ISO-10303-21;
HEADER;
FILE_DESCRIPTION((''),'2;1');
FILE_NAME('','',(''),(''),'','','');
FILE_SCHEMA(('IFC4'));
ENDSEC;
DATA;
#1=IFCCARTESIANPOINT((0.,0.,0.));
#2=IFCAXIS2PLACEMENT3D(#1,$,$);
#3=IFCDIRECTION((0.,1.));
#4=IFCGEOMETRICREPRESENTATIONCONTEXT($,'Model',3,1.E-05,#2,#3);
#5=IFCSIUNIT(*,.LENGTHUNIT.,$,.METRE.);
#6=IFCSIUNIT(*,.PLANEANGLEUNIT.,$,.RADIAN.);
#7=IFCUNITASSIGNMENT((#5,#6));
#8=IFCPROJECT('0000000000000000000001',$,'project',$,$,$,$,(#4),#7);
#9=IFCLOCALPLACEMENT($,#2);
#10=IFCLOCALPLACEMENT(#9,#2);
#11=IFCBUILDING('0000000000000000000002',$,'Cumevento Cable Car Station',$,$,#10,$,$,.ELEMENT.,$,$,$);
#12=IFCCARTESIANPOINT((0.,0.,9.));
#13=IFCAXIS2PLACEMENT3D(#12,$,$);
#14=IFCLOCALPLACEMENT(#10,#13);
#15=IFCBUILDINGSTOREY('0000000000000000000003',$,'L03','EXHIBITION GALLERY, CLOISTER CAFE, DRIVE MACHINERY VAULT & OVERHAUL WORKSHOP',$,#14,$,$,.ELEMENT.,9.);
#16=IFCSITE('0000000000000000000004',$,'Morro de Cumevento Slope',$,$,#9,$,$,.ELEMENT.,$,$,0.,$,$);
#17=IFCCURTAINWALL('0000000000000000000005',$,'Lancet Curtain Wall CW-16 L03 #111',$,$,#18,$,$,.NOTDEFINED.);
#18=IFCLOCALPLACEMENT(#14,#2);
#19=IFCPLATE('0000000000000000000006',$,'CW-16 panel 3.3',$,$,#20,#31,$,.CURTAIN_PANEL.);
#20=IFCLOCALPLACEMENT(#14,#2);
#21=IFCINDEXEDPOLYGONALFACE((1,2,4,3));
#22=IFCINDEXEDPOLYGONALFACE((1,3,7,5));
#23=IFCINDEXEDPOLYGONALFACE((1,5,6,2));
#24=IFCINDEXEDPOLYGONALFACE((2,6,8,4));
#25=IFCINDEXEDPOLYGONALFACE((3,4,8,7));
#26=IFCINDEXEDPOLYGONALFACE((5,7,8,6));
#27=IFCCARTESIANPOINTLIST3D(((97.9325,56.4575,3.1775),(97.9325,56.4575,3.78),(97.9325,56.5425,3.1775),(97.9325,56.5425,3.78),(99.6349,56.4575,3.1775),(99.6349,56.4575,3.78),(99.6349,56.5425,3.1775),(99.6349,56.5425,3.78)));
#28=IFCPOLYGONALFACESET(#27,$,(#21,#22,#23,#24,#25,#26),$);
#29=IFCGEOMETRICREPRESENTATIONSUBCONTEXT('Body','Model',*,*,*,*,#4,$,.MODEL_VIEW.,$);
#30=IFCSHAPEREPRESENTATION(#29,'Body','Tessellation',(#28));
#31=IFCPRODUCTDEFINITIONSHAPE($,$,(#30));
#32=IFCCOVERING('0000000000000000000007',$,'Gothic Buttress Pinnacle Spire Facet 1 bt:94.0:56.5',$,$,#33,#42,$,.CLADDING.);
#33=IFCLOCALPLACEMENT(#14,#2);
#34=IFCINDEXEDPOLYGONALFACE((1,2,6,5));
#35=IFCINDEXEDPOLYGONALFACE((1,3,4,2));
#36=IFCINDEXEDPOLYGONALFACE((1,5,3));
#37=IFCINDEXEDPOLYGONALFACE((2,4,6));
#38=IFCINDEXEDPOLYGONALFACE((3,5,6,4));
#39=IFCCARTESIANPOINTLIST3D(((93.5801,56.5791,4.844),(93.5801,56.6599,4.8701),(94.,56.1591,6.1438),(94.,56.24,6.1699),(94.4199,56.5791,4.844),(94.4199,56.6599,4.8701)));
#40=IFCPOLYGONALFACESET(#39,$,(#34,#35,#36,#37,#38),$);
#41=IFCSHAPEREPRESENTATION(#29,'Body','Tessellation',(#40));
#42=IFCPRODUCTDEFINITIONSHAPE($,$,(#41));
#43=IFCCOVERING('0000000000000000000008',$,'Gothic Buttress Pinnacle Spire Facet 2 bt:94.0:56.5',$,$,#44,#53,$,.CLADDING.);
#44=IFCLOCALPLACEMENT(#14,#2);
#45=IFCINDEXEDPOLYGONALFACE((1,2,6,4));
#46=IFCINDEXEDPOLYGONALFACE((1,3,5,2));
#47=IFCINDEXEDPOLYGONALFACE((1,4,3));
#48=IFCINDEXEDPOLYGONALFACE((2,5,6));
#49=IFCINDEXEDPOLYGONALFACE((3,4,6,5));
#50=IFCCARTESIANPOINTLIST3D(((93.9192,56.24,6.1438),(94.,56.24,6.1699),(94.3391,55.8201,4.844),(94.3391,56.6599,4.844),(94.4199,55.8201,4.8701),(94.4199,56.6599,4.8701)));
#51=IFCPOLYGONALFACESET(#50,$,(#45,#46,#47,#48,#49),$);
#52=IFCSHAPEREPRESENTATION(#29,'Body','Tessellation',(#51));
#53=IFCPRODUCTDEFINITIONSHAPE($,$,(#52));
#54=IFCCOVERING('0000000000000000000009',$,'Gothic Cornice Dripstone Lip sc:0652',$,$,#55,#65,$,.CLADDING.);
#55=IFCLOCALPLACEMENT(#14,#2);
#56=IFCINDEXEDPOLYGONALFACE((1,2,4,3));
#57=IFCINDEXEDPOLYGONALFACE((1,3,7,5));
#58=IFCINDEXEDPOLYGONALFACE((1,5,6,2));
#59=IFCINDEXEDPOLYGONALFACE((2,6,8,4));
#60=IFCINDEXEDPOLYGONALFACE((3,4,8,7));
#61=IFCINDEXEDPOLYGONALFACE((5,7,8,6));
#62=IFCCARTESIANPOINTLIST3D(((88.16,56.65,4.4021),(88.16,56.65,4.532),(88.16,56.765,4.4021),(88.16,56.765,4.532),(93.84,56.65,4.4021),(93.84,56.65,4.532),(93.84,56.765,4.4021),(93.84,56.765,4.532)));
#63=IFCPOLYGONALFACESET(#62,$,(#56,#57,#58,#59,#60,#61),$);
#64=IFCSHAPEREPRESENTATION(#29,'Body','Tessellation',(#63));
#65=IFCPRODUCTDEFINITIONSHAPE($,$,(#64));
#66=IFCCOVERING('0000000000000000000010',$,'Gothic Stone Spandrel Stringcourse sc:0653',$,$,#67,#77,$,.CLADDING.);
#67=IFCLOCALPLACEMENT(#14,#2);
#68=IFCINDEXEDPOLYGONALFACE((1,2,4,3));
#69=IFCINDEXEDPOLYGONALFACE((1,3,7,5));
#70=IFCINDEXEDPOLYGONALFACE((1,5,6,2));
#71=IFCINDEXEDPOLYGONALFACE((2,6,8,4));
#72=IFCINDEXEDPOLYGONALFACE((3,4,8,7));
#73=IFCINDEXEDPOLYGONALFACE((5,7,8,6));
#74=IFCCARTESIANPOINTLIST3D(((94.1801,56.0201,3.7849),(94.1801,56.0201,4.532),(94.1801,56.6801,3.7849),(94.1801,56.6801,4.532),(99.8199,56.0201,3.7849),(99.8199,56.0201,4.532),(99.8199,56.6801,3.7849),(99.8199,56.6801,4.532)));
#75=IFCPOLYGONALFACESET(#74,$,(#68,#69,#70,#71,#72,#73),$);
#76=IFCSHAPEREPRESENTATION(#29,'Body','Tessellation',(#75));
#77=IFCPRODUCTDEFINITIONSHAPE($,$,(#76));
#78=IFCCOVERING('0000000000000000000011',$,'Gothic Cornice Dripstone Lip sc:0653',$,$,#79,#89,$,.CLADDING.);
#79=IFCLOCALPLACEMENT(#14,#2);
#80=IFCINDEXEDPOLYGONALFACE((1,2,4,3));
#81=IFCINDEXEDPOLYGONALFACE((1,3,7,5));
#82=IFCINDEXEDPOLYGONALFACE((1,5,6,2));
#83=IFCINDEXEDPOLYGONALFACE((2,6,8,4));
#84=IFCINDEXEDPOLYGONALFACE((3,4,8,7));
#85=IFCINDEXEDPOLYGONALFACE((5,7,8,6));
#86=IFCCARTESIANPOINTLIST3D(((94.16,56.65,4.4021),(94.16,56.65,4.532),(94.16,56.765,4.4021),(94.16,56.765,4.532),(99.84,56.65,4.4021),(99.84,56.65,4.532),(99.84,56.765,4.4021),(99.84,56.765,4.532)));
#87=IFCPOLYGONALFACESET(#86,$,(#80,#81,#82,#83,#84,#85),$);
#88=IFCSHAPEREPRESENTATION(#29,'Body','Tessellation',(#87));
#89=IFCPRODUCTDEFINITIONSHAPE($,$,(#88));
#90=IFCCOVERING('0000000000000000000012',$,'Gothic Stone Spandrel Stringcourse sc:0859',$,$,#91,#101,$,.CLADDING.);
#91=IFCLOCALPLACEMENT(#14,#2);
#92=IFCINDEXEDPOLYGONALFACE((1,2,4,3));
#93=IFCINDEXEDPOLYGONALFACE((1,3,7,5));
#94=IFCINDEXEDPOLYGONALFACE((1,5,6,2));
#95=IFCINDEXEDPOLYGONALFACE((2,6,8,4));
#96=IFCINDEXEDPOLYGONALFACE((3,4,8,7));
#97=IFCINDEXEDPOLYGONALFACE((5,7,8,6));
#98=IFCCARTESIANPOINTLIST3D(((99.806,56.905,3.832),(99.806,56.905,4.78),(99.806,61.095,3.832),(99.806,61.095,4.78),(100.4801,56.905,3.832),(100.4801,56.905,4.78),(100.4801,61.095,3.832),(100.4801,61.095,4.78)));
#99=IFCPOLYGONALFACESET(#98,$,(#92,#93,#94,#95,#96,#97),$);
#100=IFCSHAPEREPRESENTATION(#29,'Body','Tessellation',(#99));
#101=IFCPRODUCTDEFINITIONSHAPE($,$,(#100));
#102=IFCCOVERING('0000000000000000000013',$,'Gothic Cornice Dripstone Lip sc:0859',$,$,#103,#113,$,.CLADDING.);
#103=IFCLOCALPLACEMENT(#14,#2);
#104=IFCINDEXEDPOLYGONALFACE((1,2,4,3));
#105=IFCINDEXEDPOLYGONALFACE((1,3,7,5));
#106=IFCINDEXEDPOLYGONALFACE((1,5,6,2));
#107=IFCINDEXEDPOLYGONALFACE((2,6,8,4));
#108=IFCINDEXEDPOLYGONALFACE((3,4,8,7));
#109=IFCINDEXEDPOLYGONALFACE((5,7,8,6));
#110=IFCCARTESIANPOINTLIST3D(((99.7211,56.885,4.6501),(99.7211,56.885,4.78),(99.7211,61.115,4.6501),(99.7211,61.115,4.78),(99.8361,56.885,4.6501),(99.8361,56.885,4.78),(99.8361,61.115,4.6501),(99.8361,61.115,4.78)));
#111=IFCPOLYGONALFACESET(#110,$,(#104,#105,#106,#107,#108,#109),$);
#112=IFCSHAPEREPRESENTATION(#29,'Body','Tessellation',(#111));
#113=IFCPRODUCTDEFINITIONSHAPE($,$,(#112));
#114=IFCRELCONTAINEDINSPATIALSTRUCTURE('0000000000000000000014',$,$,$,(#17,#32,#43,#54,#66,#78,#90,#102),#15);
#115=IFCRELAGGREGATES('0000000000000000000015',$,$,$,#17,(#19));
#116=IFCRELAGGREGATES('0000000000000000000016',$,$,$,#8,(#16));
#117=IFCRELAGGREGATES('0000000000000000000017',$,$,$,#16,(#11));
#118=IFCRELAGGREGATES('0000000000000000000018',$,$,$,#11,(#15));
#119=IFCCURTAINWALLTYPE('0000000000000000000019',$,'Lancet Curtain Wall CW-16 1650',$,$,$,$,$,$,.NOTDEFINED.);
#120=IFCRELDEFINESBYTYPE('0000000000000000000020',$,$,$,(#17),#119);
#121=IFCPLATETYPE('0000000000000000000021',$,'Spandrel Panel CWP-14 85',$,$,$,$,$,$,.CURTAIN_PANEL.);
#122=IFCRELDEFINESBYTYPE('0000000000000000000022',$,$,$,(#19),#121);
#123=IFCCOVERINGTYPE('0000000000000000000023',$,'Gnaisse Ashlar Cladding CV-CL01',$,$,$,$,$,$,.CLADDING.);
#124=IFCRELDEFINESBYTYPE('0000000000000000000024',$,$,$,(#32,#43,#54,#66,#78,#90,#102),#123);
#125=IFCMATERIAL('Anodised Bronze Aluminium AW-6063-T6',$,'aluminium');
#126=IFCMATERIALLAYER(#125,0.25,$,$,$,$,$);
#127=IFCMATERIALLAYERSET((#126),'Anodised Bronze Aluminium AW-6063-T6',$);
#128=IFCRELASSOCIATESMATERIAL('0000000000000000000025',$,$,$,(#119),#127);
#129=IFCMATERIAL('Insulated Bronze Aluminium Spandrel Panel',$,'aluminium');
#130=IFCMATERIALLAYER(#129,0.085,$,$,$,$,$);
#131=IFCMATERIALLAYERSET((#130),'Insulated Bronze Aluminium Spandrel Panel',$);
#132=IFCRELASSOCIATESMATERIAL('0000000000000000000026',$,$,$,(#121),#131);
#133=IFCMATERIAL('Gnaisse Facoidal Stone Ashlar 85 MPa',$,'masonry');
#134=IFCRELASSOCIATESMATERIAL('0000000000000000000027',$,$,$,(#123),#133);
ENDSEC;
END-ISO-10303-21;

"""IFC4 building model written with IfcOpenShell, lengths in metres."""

from ifc_helpers import new_model, si_unit, direction, frame, origin, origin_2d, place, context, subcontext, project, spatial, polyline, rectangle, outline, extrude, material, layer, layer_set, type_object, element, aggregate, save


model = new_model("IFC4")

# Units and contexts
model_context = context("Model", 3, precision=1e-05, world=origin(), true_north=direction((0.0, 1.0)))
body_context = subcontext(model_context, "Body", "Model", "MODEL_VIEW")
ifc_project = project(units=[si_unit("LENGTHUNIT", "METRE"), si_unit("PLANEANGLEUNIT", "RADIAN")], contexts=[model_context])

# Site, building, storey
site_placement = place(None, origin())
site = spatial("IfcSite", under=ifc_project, at=site_placement, Name="Morro de Cumevento Slope", CompositionType="ELEMENT", RefElevation=0.0)
building_placement = place(site_placement, origin())
building = spatial("IfcBuilding", under=site, at=building_placement, Name="Cumevento Cable Car Station", CompositionType="ELEMENT")
storey_placement = place(building_placement, frame((0.0, 0.0, 9.0)))
storey = spatial("IfcBuildingStorey", under=building, at=storey_placement, Name="L03", Description="EXHIBITION GALLERY, CLOISTER CAFE, DRIVE MACHINERY VAULT & OVERHAUL WORKSHOP", CompositionType="ELEMENT", Elevation=9.0)

# Curtain wall
ifc_material_1 = material(Name="Anodised Bronze Aluminium AW-6063-T6", Category="aluminium")
ifc_layer_1 = layer(ifc_material_1, 0.25)
ifc_layer_set_1 = layer_set([ifc_layer_1], Name="Anodised Bronze Aluminium AW-6063-T6")
curtain_wall_type_1 = type_object("IfcCurtainWallType", Name="Lancet Curtain Wall CW-16 1650", PredefinedType="NOTDEFINED", material=ifc_layer_set_1)
curtain_wall_1_placement = place(storey_placement, origin())
curtain_wall_1 = element("IfcCurtainWall", 1, at=curtain_wall_1_placement, inside=storey, type_object=curtain_wall_type_1, Name="Lancet Curtain Wall CW-16 L03 #111", PredefinedType="NOTDEFINED")

# Plate
ifc_material_2 = material(Name="Insulated Bronze Aluminium Spandrel Panel", Category="aluminium")
ifc_layer_2 = layer(ifc_material_2, 0.085)
ifc_layer_set_2 = layer_set([ifc_layer_2], Name="Insulated Bronze Aluminium Spandrel Panel")
plate_type_1 = type_object("IfcPlateType", Name="Spandrel Panel CWP-14 85", PredefinedType="CURTAIN_PANEL", material=ifc_layer_set_2)
plate_1_placement = place(storey_placement, frame((98.7837, 56.5, 3.1775), z_axis=(0.0, 0.0, 1.0), x_axis=(1.0, 0.0, 0.0)))
plate_1 = element("IfcPlate", 2, at=plate_1_placement, type_object=plate_type_1, Name="CW-16 panel 3.3", PredefinedType="CURTAIN_PANEL", context=body_context, shape_type="SweptSolid", body=[
    extrude(rectangle(XDim=1.7024, YDim=0.085, at=origin_2d()), origin(), (0.0, 0.0, 1.0), 0.6025),
])
aggregate(curtain_wall_1, [plate_1])

# Coverings
ifc_material_3 = material(Name="Gnaisse Facoidal Stone Ashlar 85 MPa", Category="masonry")
covering_type = type_object("IfcCoveringType", Name="Gnaisse Ashlar Cladding CV-CL01", PredefinedType="CLADDING", material=ifc_material_3)
for number, where, z_axis, x_axis, name in (
    (3, (93.5801, 56.6599, 4.8701), (0.0, 0.951574, 0.307421), (1.0, 0.0, 0.0), "Gothic Buttress Pinnacle Spire Facet 1 bt:94.0:56.5"),
    (4, (94.4199, 56.6599, 4.8701), (0.951574, 0.0, 0.307421), (0.0, -1.0, 0.0), "Gothic Buttress Pinnacle Spire Facet 2 bt:94.0:56.5"),
):
    element("IfcCovering", number, at=place(storey_placement, frame(where, z_axis=z_axis, x_axis=x_axis)), inside=storey, type_object=covering_type, Name=name, PredefinedType="CLADDING", context=body_context, shape_type="SweptSolid", body=[
        extrude(outline(polyline([(0.0, 0.0), (0.8398, 0.0), (0.4199, -1.366), (0.0, 0.0)])), origin(), (0.0, 0.0, -1.0), 0.085),
    ])
covering_1_placement = place(storey_placement, frame((91.0, 56.7075, 4.4021), z_axis=(0.0, 0.0, 1.0), x_axis=(1.0, 0.0, 0.0)))
element("IfcCovering", 5, at=covering_1_placement, inside=storey, type_object=covering_type, Name="Gothic Cornice Dripstone Lip sc:0652", PredefinedType="CLADDING", context=body_context, shape_type="SweptSolid", body=[
    extrude(rectangle(XDim=5.6799, YDim=0.115, at=origin_2d()), origin(), (0.0, 0.0, 1.0), 0.1299),
])
covering_2_placement = place(storey_placement, frame((97.0, 56.3501, 3.7849), z_axis=(0.0, 0.0, 1.0), x_axis=(1.0, 0.0, 0.0)))
element("IfcCovering", 6, at=covering_2_placement, inside=storey, type_object=covering_type, Name="Gothic Stone Spandrel Stringcourse sc:0653", PredefinedType="CLADDING", context=body_context, shape_type="SweptSolid", body=[
    extrude(rectangle(XDim=5.6399, YDim=0.6599, at=origin_2d()), origin(), (0.0, 0.0, 1.0), 0.7471),
])
covering_3_placement = place(storey_placement, frame((97.0, 56.7075, 4.4021), z_axis=(0.0, 0.0, 1.0), x_axis=(1.0, 0.0, 0.0)))
element("IfcCovering", 7, at=covering_3_placement, inside=storey, type_object=covering_type, Name="Gothic Cornice Dripstone Lip sc:0653", PredefinedType="CLADDING", context=body_context, shape_type="SweptSolid", body=[
    extrude(rectangle(XDim=5.6799, YDim=0.115, at=origin_2d()), origin(), (0.0, 0.0, 1.0), 0.1299),
])
covering_4_placement = place(storey_placement, frame((100.1431, 59.0, 3.832), z_axis=(0.0, 0.0, 1.0), x_axis=(0.0, 1.0, 0.0)))
element("IfcCovering", 8, at=covering_4_placement, inside=storey, type_object=covering_type, Name="Gothic Stone Spandrel Stringcourse sc:0859", PredefinedType="CLADDING", context=body_context, shape_type="SweptSolid", body=[
    extrude(rectangle(XDim=4.1899, YDim=0.6741, at=origin_2d()), origin(), (0.0, 0.0, 1.0), 0.948),
])
covering_5_placement = place(storey_placement, frame((99.7786, 59.0, 4.6501), z_axis=(0.0, 0.0, 1.0), x_axis=(0.0, 1.0, 0.0)))
element("IfcCovering", 9, at=covering_5_placement, inside=storey, type_object=covering_type, Name="Gothic Cornice Dripstone Lip sc:0859", PredefinedType="CLADDING", context=body_context, shape_type="SweptSolid", body=[
    extrude(rectangle(XDim=4.23, YDim=0.115, at=origin_2d()), origin(), (0.0, 0.0, 1.0), 0.1299),
])

save(model, "model.ifc")
